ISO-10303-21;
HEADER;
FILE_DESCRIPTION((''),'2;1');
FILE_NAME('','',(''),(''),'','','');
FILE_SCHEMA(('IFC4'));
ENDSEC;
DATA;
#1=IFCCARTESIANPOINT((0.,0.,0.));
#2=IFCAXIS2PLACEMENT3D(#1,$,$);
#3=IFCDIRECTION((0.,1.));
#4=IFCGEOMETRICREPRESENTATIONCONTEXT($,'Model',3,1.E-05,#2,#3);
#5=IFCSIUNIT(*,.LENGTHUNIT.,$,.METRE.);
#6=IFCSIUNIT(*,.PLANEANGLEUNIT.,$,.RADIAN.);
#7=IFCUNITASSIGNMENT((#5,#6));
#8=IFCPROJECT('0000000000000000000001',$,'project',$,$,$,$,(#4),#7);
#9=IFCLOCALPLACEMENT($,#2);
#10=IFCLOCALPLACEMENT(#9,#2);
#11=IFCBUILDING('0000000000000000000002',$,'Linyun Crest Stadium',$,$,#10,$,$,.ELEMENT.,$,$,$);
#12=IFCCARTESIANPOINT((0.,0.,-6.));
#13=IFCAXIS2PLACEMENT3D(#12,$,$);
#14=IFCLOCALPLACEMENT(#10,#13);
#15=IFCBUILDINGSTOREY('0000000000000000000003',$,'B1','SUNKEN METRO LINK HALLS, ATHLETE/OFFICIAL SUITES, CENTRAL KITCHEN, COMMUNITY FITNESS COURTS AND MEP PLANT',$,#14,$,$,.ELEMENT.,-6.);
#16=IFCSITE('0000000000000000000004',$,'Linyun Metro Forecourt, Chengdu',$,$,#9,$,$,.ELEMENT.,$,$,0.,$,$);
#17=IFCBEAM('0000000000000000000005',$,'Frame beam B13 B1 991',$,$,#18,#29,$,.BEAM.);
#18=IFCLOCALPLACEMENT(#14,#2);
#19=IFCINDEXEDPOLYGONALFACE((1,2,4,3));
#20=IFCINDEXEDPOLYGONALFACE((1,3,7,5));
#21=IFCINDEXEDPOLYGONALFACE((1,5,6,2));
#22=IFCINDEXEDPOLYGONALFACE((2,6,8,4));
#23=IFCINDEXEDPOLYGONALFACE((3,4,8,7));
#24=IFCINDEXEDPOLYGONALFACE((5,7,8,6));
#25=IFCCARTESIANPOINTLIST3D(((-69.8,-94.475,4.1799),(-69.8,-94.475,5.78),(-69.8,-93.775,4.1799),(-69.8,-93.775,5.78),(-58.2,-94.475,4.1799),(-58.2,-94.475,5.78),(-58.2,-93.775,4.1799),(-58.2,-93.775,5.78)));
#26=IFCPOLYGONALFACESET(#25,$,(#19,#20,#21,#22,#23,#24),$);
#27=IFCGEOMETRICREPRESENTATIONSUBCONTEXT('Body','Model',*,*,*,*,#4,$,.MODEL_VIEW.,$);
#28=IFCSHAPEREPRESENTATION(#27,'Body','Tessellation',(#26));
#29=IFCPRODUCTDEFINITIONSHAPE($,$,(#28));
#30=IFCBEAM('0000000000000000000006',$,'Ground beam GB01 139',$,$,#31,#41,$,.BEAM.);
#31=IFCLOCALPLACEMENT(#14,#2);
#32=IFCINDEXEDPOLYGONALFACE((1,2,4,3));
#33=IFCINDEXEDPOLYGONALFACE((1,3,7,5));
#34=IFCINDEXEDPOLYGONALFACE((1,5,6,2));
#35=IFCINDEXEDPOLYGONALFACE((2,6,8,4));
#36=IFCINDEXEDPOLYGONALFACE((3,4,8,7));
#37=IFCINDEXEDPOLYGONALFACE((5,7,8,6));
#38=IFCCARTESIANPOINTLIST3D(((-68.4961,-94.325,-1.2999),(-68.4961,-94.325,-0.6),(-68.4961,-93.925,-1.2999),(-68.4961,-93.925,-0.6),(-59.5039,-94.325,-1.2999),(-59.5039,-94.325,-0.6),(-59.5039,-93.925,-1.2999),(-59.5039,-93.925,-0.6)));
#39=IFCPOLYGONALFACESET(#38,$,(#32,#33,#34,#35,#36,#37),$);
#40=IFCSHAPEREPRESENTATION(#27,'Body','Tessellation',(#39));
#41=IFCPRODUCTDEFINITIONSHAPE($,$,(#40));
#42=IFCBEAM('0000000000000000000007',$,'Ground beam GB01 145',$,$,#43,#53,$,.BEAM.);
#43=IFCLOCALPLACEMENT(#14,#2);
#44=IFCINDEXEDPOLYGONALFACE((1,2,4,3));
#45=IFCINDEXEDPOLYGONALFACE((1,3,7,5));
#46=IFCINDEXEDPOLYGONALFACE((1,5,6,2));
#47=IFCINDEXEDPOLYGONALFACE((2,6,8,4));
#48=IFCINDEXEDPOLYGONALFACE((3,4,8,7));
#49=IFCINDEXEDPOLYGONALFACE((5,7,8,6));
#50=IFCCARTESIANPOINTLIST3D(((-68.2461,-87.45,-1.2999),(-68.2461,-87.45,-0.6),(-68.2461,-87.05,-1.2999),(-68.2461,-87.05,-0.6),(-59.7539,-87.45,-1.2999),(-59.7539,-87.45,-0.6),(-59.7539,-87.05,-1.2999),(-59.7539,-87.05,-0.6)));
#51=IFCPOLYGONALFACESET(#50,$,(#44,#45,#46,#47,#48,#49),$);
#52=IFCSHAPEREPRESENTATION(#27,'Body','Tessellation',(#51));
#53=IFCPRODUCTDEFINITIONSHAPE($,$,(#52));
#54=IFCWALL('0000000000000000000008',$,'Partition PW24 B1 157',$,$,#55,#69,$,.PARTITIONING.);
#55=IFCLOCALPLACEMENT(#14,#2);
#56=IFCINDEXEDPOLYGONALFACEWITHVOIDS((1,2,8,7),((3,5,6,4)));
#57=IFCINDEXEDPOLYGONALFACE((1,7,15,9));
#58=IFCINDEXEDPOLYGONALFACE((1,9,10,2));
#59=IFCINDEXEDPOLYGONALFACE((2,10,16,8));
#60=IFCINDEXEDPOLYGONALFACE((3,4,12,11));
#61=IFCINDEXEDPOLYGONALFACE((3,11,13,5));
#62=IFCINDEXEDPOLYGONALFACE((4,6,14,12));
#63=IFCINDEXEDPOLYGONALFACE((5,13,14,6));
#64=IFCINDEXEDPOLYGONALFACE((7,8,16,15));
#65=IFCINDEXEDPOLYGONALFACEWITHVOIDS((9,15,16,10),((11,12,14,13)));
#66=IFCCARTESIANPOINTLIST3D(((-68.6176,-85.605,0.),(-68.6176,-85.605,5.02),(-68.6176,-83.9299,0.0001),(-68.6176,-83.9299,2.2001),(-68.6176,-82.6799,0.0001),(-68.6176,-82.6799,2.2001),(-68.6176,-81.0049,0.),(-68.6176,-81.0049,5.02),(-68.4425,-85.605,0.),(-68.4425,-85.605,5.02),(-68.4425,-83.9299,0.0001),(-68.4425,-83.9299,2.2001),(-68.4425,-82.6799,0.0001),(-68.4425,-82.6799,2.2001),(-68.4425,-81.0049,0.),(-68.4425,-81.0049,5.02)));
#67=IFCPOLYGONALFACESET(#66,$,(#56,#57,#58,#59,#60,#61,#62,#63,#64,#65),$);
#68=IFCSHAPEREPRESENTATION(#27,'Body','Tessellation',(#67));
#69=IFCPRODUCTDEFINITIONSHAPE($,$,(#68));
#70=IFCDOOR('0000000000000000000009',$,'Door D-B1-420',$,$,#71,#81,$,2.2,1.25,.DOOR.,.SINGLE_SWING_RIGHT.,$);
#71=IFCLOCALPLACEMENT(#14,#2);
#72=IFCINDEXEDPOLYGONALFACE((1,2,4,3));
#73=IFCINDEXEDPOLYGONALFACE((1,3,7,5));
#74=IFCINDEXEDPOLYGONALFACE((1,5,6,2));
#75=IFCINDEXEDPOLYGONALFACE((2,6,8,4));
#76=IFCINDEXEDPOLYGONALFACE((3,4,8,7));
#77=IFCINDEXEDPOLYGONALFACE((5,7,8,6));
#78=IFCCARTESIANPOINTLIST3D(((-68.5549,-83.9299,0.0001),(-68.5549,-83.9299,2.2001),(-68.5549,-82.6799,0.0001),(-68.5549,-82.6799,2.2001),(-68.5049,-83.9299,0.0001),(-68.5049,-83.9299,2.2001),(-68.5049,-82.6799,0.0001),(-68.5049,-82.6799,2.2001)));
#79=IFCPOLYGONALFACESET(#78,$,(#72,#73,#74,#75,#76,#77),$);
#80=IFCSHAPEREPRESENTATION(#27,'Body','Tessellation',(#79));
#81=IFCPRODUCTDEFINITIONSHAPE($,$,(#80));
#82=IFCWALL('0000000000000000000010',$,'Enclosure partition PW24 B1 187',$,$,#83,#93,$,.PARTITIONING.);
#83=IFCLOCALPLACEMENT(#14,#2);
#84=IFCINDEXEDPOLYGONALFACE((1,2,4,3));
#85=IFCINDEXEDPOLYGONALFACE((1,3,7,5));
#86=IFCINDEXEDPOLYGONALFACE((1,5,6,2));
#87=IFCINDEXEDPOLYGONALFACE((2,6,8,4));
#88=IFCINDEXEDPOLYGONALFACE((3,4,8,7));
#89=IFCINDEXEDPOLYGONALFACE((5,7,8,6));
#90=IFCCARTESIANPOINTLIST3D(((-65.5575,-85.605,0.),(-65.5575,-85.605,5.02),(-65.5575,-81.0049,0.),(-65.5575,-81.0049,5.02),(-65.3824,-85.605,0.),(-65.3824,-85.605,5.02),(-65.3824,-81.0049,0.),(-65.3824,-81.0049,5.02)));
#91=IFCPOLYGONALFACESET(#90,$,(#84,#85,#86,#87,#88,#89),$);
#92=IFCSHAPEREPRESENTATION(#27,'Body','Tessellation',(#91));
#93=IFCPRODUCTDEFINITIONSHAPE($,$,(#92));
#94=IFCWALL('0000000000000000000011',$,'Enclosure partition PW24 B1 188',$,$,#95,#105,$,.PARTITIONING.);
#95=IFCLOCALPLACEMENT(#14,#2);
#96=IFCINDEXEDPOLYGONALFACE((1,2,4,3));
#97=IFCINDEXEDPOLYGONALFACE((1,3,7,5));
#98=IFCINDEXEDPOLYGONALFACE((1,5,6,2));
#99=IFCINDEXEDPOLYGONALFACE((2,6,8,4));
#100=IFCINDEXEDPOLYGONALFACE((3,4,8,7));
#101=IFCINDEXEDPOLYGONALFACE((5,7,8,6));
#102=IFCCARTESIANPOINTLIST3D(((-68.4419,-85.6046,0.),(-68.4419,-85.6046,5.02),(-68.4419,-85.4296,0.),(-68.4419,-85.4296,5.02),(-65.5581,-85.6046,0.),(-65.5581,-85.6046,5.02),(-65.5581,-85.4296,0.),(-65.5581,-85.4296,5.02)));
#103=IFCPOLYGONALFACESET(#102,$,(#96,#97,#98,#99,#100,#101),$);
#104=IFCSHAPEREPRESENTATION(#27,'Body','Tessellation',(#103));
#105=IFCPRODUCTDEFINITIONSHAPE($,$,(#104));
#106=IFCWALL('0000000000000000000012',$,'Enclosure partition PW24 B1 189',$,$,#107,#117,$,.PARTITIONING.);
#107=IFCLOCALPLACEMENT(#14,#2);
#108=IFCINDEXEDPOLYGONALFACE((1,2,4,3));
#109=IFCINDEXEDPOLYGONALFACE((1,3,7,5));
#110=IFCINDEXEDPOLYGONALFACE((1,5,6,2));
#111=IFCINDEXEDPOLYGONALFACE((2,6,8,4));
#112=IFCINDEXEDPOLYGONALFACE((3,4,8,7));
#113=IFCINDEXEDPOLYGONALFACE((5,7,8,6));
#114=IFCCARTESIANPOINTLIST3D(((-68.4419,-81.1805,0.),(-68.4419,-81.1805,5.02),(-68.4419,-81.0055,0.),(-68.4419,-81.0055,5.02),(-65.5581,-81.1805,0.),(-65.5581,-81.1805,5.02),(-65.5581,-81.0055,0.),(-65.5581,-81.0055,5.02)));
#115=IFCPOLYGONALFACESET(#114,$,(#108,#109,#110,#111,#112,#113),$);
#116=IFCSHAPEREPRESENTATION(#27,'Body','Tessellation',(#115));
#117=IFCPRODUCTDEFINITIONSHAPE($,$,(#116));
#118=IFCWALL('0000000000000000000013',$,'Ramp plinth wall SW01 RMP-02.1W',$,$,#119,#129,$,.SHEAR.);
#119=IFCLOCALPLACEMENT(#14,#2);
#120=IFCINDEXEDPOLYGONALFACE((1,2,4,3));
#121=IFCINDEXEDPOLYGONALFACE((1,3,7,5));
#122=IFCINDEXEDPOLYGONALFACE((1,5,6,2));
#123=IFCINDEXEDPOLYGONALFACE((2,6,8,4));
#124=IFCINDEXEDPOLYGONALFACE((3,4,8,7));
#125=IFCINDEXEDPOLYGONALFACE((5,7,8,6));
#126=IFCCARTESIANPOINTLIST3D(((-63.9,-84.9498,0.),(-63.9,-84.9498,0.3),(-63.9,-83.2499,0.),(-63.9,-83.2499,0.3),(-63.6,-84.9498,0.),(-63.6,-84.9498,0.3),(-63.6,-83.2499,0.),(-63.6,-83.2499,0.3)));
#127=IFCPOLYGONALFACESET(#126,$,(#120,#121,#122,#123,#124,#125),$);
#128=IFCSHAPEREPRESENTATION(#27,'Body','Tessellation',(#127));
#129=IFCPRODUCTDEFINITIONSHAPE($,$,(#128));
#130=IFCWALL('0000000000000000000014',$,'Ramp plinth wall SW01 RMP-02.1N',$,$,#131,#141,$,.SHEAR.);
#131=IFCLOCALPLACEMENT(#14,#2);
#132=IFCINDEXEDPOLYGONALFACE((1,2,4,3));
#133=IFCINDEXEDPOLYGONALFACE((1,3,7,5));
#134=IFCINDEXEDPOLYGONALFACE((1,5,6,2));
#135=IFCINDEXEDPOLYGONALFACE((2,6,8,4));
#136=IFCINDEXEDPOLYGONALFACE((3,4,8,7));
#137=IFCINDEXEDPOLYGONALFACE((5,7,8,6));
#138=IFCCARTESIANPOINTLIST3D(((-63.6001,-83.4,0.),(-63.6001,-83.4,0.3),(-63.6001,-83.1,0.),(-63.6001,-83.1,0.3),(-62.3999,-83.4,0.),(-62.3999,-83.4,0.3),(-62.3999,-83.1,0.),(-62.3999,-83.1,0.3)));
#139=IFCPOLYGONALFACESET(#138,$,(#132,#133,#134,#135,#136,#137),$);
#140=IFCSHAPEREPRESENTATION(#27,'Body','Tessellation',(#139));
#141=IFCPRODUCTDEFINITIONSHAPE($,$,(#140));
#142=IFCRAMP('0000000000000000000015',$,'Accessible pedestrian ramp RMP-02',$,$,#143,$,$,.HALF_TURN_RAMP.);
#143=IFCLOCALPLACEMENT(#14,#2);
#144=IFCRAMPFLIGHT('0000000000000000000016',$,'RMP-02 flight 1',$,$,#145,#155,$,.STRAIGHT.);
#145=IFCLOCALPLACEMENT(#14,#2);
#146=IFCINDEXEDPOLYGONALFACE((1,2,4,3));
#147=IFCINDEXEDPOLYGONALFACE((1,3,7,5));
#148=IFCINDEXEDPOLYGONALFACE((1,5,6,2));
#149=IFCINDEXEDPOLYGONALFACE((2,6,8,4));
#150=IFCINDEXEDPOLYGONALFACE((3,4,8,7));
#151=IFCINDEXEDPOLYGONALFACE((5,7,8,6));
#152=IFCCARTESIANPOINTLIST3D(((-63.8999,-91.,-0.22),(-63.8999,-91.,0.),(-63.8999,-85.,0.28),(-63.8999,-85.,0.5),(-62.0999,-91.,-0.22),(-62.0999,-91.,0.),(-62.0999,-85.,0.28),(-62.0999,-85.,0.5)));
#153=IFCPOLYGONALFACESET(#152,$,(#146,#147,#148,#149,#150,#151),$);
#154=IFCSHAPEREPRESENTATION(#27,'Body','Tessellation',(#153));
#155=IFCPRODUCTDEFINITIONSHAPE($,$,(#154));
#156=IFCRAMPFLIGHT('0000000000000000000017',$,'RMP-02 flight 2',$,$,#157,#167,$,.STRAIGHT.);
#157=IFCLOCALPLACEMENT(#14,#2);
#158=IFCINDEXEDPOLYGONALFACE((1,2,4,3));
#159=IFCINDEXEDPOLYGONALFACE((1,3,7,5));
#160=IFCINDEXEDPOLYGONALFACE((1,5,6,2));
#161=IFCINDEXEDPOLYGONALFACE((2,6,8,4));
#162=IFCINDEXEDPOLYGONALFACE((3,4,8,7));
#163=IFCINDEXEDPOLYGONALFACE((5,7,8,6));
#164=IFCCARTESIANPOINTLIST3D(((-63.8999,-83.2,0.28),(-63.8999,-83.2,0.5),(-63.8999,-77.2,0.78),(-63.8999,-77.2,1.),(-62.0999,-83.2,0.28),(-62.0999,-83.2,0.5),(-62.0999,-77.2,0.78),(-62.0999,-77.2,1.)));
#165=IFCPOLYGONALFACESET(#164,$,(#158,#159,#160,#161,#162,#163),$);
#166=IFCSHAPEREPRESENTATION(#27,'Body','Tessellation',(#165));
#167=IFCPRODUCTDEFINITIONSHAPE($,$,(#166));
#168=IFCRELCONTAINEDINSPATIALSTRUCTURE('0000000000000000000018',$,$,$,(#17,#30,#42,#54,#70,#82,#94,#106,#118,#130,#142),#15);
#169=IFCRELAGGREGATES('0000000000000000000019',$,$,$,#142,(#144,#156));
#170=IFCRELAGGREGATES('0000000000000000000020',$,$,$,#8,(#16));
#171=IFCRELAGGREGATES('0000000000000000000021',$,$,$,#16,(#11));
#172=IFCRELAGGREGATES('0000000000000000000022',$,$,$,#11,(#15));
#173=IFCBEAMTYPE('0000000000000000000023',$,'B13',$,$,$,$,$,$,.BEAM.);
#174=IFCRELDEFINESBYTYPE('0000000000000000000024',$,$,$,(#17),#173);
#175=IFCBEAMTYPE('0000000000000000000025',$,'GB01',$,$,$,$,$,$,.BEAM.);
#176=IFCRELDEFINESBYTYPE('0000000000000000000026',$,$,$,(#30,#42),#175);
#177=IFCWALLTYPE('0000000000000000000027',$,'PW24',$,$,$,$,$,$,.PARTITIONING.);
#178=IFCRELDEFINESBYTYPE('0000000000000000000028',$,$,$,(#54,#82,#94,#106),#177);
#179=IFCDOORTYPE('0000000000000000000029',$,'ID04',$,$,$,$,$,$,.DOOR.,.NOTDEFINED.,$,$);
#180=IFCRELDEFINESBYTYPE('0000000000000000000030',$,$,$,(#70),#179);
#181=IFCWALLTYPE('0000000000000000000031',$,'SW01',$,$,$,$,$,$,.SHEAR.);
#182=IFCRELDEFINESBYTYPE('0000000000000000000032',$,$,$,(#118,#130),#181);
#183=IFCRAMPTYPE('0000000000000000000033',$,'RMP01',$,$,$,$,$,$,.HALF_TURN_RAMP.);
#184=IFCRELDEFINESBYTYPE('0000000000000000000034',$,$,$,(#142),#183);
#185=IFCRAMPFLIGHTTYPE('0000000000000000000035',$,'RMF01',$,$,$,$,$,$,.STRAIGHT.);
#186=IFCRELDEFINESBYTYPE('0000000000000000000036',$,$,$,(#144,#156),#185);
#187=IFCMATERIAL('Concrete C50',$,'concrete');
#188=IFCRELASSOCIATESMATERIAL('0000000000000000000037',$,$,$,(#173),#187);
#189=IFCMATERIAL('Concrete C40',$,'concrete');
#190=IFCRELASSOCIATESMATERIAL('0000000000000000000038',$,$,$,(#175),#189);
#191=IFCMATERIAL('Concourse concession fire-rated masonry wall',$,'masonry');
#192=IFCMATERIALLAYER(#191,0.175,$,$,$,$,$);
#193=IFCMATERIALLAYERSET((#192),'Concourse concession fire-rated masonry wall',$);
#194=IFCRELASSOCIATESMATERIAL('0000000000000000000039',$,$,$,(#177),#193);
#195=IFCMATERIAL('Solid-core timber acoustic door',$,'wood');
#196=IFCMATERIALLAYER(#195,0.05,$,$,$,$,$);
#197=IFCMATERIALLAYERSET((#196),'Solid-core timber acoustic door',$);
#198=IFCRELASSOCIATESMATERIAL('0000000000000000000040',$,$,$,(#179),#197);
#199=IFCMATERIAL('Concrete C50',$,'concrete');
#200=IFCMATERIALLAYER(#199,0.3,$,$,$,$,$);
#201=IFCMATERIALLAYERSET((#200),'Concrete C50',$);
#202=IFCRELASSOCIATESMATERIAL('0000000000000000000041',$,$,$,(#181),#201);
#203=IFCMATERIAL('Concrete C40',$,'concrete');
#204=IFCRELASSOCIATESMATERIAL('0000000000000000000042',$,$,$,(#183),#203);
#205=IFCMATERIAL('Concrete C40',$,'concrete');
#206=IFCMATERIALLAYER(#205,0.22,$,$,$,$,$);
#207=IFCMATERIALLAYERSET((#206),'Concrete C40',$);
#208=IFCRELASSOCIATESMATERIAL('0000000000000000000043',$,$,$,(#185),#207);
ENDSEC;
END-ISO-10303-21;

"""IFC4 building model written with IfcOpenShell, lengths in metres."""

from ifc_helpers import new_model, si_unit, direction, frame, frame_2d, origin, origin_2d, place, context, subcontext, project, spatial, polyline, rectangle, outline, extrude, material, layer, layer_set, material_profile, profile_set, type_object, element, fill, aggregate, save


model = new_model("IFC4")

# Units and contexts
model_context = context("Model", 3, precision=1e-05, world=origin(), true_north=direction((0.0, 1.0)))
body_context = subcontext(model_context, "Body", "Model", "MODEL_VIEW")
ifc_project = project(units=[si_unit("LENGTHUNIT", "METRE"), si_unit("PLANEANGLEUNIT", "RADIAN")], contexts=[model_context])

# Site, building, storey
site_placement = place(None, origin())
site = spatial("IfcSite", under=ifc_project, at=site_placement, Name="Linyun Metro Forecourt, Chengdu", CompositionType="ELEMENT", RefElevation=0.0)
building_placement = place(site_placement, origin())
building = spatial("IfcBuilding", under=site, at=building_placement, Name="Linyun Crest Stadium", CompositionType="ELEMENT")
storey_placement = place(building_placement, frame((0.0, 0.0, -6.0)))
storey = spatial("IfcBuildingStorey", under=building, at=storey_placement, Name="B1", Description="SUNKEN METRO LINK HALLS, ATHLETE/OFFICIAL SUITES, CENTRAL KITCHEN, COMMUNITY FITNESS COURTS AND MEP PLANT", CompositionType="ELEMENT", Elevation=-6.0)

# Beams
ifc_material_1 = material(Name="Concrete C50", Category="concrete")
ifc_material_profile_1 = material_profile(ifc_material_1, rectangle(XDim=0.7, YDim=1.6001, at=origin_2d()), Name="RCB 1600x700")
ifc_profile_set_1 = profile_set([ifc_material_profile_1], Name="Concrete C50")
beam_type_1 = type_object("IfcBeamType", Name="B13", PredefinedType="BEAM", material=ifc_profile_set_1)
beam_1_placement = place(storey_placement, frame((-69.8, -94.125, 4.98), z_axis=(1.0, 0.0, 0.0), x_axis=(0.0, 1.0, 0.0)))
element("IfcBeam", 1, at=beam_1_placement, inside=storey, type_object=beam_type_1, Name="Frame beam B13 B1 991", PredefinedType="BEAM", context=body_context, shape_type="SweptSolid", body=[
    extrude(rectangle(XDim=0.7, YDim=1.6001, at=origin_2d()), origin(), (0.0, 0.0, 1.0), 11.6001),
])
ifc_material_2 = material(Name="Concrete C40", Category="concrete")
ifc_material_profile_2 = material_profile(ifc_material_2, rectangle(XDim=0.3999, YDim=0.7, at=origin_2d()), Name="RCB 700x400")
ifc_profile_set_2 = profile_set([ifc_material_profile_2], Name="Concrete C40")
beam_type_2 = type_object("IfcBeamType", Name="GB01", PredefinedType="BEAM", material=ifc_profile_set_2)
beam_2_placement = place(storey_placement, frame((-68.4961, -94.125, -0.95), z_axis=(1.0, 0.0, 0.0), x_axis=(0.0, 1.0, 0.0)))
element("IfcBeam", 2, at=beam_2_placement, inside=storey, type_object=beam_type_2, Name="Ground beam GB01 139", PredefinedType="BEAM", context=body_context, shape_type="SweptSolid", body=[
    extrude(rectangle(XDim=0.3999, YDim=0.7, at=origin_2d()), origin(), (0.0, 0.0, 1.0), 8.9922),
])
beam_3_placement = place(storey_placement, frame((-68.2461, -87.25, -0.95), z_axis=(1.0, 0.0, 0.0), x_axis=(0.0, 1.0, 0.0)))
element("IfcBeam", 3, at=beam_3_placement, inside=storey, type_object=beam_type_2, Name="Ground beam GB01 145", PredefinedType="BEAM", context=body_context, shape_type="SweptSolid", body=[
    extrude(rectangle(XDim=0.3999, YDim=0.7, at=origin_2d()), origin(), (0.0, 0.0, 1.0), 8.4922),
])

# Wall, opening, door
ifc_material_3 = material(Name="Concourse concession fire-rated masonry wall", Category="masonry")
ifc_layer_1 = layer(ifc_material_3, 0.175)
ifc_layer_set_1 = layer_set([ifc_layer_1], Name="Concourse concession fire-rated masonry wall")
wall_type_1 = type_object("IfcWallType", Name="PW24", PredefinedType="PARTITIONING", material=ifc_layer_set_1)
wall_1_placement = place(storey_placement, frame((-68.53, -85.605, 0.0), z_axis=(0.0, 0.0, 1.0), x_axis=(0.0, 1.0, 0.0)))
wall_1 = element("IfcWall", 4, at=wall_1_placement, inside=storey, type_object=wall_type_1, Name="Partition PW24 B1 157", PredefinedType="PARTITIONING", context=body_context, shape_type="SweptSolid", body=[
    extrude(rectangle(XDim=4.6001, YDim=0.175, at=frame_2d((2.3, 0.0))), origin(), (0.0, 0.0, 1.0), 5.02),
])
opening_placement = place(wall_1_placement, frame((1.675, 0.0, 0.0)))
opening = element("IfcOpeningElement", 5, at=opening_placement, cuts=wall_1, PredefinedType="OPENING", context=body_context, shape_type="SweptSolid", body=[
    extrude(rectangle(XDim=1.25, YDim=2.2, at=frame_2d((0.625, 1.1001))), frame((0.0, 0.0974, 0.0), z_axis=(0.0, -1.0, 0.0), x_axis=(1.0, 0.0, 0.0)), (0.0, 0.0, 1.0), 0.1951),
])
ifc_material_4 = material(Name="Solid-core timber acoustic door", Category="wood")
ifc_layer_2 = layer(ifc_material_4, 0.05)
ifc_layer_set_2 = layer_set([ifc_layer_2], Name="Solid-core timber acoustic door")
door_type = type_object("IfcDoorType", Name="ID04", OperationType="NOTDEFINED", PredefinedType="DOOR", material=ifc_layer_set_2)
door_placement = place(opening_placement, origin())
door = element("IfcDoor", 6, at=door_placement, inside=storey, type_object=door_type, Name="Door D-B1-420", OperationType="SINGLE_SWING_RIGHT", OverallHeight=2.2, OverallWidth=1.25, PredefinedType="DOOR", context=body_context, shape_type="SweptSolid", body=[
    extrude(rectangle(XDim=1.25, YDim=2.2, at=frame_2d((0.625, 1.1001))), frame((0.0, 0.0249, 0.0), z_axis=(0.0, -1.0, 0.0), x_axis=(1.0, 0.0, 0.0)), (0.0, 0.0, 1.0), 0.05),
])
fill(opening, door)

# Walls
wall_2_placement = place(storey_placement, frame((-65.47, -85.605, 0.0), z_axis=(0.0, 0.0, 1.0), x_axis=(0.0, 1.0, 0.0)))
element("IfcWall", 7, at=wall_2_placement, inside=storey, type_object=wall_type_1, Name="Enclosure partition PW24 B1 187", PredefinedType="PARTITIONING", context=body_context, shape_type="SweptSolid", body=[
    extrude(rectangle(XDim=4.6001, YDim=0.175, at=frame_2d((2.3, 0.0))), origin(), (0.0, 0.0, 1.0), 5.02),
])
for number, where, z_axis, x_axis, name in (
    (8, (-68.4419, -85.5171, 0.0), (0.0, 0.0, 1.0), (1.0, 0.0, 0.0), "Enclosure partition PW24 B1 188"),
    (9, (-68.4419, -81.093, 0.0), (0.0, 0.0, 1.0), (1.0, 0.0, 0.0), "Enclosure partition PW24 B1 189"),
):
    element("IfcWall", number, at=place(storey_placement, frame(where, z_axis=z_axis, x_axis=x_axis)), inside=storey, type_object=wall_type_1, Name=name, PredefinedType="PARTITIONING", context=body_context, shape_type="SweptSolid", body=[
        extrude(rectangle(XDim=2.8838, YDim=0.175, at=frame_2d((1.4419, 0.0))), origin(), (0.0, 0.0, 1.0), 5.02),
    ])
ifc_material_5 = material(Name="Concrete C50", Category="concrete")
ifc_layer_3 = layer(ifc_material_5, 0.3)
ifc_layer_set_3 = layer_set([ifc_layer_3], Name="Concrete C50")
wall_type_2 = type_object("IfcWallType", Name="SW01", PredefinedType="SHEAR", material=ifc_layer_set_3)
wall_3_placement = place(storey_placement, frame((-63.75, -84.95, 0.0), z_axis=(0.0, 0.0, 1.0), x_axis=(0.0, 1.0, 0.0)))
element("IfcWall", 10, at=wall_3_placement, inside=storey, type_object=wall_type_2, Name="Ramp plinth wall SW01 RMP-02.1W", PredefinedType="SHEAR", context=body_context, shape_type="SweptSolid", body=[
    extrude(rectangle(XDim=1.7, YDim=0.3, at=frame_2d((0.8501, 0.0))), origin(), (0.0, 0.0, 1.0), 0.3),
])
wall_4_placement = place(storey_placement, frame((-63.6001, -83.25, 0.0), z_axis=(0.0, 0.0, 1.0), x_axis=(1.0, 0.0, 0.0)))
element("IfcWall", 11, at=wall_4_placement, inside=storey, type_object=wall_type_2, Name="Ramp plinth wall SW01 RMP-02.1N", PredefinedType="SHEAR", context=body_context, shape_type="SweptSolid", body=[
    extrude(rectangle(XDim=1.2002, YDim=0.3, at=frame_2d((0.6001, 0.0))), origin(), (0.0, 0.0, 1.0), 0.3),
])

# Ramp, ramp flights
ifc_material_6 = material(Name="Concrete C40", Category="concrete")
ramp_type = type_object("IfcRampType", Name="RMP01", PredefinedType="HALF_TURN_RAMP", material=ifc_material_6)
ramp_placement = place(storey_placement, origin())
ramp = element("IfcRamp", 12, at=ramp_placement, inside=storey, type_object=ramp_type, Name="Accessible pedestrian ramp RMP-02", PredefinedType="HALF_TURN_RAMP")
ifc_material_7 = material(Name="Concrete C40", Category="concrete")
ifc_layer_4 = layer(ifc_material_7, 0.22)
ifc_layer_set_4 = layer_set([ifc_layer_4], Name="Concrete C40")
ramp_flight_type = type_object("IfcRampFlightType", Name="RMF01", PredefinedType="STRAIGHT", material=ifc_layer_set_4)
ramp_flight_1_placement = place(storey_placement, frame((-63.0, -91.0, 0.0), z_axis=(0.0, 0.0, 1.0), x_axis=(0.0, 1.0, 0.0)))
ramp_flight_1 = element("IfcRampFlight", 13, at=ramp_flight_1_placement, type_object=ramp_flight_type, Name="RMP-02 flight 1", PredefinedType="STRAIGHT", context=body_context, shape_type="SweptSolid", body=[
    extrude(outline(polyline([(0.0, 0.0), (6.0, 0.5), (6.0, 0.28), (0.0, -0.22), (0.0, 0.0)])), frame((0.0, 0.8999, 0.0), z_axis=(0.0, -1.0, 0.0), x_axis=(1.0, 0.0, 0.0)), (0.0, 0.0, 1.0), 1.8),
])
ramp_flight_2_placement = place(storey_placement, frame((-63.0, -83.2, 0.5), z_axis=(0.0, 0.0, 1.0), x_axis=(0.0, 1.0, 0.0)))
ramp_flight_2 = element("IfcRampFlight", 14, at=ramp_flight_2_placement, type_object=ramp_flight_type, Name="RMP-02 flight 2", PredefinedType="STRAIGHT", context=body_context, shape_type="SweptSolid", body=[
    extrude(outline(polyline([(0.0, 0.0), (6.0, 0.5), (6.0, 0.28), (0.0, -0.22), (0.0, 0.0)])), frame((0.0, 0.8999, 0.0), z_axis=(0.0, -1.0, 0.0), x_axis=(1.0, 0.0, 0.0)), (0.0, 0.0, 1.0), 1.8),
])
aggregate(ramp, [ramp_flight_1, ramp_flight_2])

save(model, "model.ifc")
